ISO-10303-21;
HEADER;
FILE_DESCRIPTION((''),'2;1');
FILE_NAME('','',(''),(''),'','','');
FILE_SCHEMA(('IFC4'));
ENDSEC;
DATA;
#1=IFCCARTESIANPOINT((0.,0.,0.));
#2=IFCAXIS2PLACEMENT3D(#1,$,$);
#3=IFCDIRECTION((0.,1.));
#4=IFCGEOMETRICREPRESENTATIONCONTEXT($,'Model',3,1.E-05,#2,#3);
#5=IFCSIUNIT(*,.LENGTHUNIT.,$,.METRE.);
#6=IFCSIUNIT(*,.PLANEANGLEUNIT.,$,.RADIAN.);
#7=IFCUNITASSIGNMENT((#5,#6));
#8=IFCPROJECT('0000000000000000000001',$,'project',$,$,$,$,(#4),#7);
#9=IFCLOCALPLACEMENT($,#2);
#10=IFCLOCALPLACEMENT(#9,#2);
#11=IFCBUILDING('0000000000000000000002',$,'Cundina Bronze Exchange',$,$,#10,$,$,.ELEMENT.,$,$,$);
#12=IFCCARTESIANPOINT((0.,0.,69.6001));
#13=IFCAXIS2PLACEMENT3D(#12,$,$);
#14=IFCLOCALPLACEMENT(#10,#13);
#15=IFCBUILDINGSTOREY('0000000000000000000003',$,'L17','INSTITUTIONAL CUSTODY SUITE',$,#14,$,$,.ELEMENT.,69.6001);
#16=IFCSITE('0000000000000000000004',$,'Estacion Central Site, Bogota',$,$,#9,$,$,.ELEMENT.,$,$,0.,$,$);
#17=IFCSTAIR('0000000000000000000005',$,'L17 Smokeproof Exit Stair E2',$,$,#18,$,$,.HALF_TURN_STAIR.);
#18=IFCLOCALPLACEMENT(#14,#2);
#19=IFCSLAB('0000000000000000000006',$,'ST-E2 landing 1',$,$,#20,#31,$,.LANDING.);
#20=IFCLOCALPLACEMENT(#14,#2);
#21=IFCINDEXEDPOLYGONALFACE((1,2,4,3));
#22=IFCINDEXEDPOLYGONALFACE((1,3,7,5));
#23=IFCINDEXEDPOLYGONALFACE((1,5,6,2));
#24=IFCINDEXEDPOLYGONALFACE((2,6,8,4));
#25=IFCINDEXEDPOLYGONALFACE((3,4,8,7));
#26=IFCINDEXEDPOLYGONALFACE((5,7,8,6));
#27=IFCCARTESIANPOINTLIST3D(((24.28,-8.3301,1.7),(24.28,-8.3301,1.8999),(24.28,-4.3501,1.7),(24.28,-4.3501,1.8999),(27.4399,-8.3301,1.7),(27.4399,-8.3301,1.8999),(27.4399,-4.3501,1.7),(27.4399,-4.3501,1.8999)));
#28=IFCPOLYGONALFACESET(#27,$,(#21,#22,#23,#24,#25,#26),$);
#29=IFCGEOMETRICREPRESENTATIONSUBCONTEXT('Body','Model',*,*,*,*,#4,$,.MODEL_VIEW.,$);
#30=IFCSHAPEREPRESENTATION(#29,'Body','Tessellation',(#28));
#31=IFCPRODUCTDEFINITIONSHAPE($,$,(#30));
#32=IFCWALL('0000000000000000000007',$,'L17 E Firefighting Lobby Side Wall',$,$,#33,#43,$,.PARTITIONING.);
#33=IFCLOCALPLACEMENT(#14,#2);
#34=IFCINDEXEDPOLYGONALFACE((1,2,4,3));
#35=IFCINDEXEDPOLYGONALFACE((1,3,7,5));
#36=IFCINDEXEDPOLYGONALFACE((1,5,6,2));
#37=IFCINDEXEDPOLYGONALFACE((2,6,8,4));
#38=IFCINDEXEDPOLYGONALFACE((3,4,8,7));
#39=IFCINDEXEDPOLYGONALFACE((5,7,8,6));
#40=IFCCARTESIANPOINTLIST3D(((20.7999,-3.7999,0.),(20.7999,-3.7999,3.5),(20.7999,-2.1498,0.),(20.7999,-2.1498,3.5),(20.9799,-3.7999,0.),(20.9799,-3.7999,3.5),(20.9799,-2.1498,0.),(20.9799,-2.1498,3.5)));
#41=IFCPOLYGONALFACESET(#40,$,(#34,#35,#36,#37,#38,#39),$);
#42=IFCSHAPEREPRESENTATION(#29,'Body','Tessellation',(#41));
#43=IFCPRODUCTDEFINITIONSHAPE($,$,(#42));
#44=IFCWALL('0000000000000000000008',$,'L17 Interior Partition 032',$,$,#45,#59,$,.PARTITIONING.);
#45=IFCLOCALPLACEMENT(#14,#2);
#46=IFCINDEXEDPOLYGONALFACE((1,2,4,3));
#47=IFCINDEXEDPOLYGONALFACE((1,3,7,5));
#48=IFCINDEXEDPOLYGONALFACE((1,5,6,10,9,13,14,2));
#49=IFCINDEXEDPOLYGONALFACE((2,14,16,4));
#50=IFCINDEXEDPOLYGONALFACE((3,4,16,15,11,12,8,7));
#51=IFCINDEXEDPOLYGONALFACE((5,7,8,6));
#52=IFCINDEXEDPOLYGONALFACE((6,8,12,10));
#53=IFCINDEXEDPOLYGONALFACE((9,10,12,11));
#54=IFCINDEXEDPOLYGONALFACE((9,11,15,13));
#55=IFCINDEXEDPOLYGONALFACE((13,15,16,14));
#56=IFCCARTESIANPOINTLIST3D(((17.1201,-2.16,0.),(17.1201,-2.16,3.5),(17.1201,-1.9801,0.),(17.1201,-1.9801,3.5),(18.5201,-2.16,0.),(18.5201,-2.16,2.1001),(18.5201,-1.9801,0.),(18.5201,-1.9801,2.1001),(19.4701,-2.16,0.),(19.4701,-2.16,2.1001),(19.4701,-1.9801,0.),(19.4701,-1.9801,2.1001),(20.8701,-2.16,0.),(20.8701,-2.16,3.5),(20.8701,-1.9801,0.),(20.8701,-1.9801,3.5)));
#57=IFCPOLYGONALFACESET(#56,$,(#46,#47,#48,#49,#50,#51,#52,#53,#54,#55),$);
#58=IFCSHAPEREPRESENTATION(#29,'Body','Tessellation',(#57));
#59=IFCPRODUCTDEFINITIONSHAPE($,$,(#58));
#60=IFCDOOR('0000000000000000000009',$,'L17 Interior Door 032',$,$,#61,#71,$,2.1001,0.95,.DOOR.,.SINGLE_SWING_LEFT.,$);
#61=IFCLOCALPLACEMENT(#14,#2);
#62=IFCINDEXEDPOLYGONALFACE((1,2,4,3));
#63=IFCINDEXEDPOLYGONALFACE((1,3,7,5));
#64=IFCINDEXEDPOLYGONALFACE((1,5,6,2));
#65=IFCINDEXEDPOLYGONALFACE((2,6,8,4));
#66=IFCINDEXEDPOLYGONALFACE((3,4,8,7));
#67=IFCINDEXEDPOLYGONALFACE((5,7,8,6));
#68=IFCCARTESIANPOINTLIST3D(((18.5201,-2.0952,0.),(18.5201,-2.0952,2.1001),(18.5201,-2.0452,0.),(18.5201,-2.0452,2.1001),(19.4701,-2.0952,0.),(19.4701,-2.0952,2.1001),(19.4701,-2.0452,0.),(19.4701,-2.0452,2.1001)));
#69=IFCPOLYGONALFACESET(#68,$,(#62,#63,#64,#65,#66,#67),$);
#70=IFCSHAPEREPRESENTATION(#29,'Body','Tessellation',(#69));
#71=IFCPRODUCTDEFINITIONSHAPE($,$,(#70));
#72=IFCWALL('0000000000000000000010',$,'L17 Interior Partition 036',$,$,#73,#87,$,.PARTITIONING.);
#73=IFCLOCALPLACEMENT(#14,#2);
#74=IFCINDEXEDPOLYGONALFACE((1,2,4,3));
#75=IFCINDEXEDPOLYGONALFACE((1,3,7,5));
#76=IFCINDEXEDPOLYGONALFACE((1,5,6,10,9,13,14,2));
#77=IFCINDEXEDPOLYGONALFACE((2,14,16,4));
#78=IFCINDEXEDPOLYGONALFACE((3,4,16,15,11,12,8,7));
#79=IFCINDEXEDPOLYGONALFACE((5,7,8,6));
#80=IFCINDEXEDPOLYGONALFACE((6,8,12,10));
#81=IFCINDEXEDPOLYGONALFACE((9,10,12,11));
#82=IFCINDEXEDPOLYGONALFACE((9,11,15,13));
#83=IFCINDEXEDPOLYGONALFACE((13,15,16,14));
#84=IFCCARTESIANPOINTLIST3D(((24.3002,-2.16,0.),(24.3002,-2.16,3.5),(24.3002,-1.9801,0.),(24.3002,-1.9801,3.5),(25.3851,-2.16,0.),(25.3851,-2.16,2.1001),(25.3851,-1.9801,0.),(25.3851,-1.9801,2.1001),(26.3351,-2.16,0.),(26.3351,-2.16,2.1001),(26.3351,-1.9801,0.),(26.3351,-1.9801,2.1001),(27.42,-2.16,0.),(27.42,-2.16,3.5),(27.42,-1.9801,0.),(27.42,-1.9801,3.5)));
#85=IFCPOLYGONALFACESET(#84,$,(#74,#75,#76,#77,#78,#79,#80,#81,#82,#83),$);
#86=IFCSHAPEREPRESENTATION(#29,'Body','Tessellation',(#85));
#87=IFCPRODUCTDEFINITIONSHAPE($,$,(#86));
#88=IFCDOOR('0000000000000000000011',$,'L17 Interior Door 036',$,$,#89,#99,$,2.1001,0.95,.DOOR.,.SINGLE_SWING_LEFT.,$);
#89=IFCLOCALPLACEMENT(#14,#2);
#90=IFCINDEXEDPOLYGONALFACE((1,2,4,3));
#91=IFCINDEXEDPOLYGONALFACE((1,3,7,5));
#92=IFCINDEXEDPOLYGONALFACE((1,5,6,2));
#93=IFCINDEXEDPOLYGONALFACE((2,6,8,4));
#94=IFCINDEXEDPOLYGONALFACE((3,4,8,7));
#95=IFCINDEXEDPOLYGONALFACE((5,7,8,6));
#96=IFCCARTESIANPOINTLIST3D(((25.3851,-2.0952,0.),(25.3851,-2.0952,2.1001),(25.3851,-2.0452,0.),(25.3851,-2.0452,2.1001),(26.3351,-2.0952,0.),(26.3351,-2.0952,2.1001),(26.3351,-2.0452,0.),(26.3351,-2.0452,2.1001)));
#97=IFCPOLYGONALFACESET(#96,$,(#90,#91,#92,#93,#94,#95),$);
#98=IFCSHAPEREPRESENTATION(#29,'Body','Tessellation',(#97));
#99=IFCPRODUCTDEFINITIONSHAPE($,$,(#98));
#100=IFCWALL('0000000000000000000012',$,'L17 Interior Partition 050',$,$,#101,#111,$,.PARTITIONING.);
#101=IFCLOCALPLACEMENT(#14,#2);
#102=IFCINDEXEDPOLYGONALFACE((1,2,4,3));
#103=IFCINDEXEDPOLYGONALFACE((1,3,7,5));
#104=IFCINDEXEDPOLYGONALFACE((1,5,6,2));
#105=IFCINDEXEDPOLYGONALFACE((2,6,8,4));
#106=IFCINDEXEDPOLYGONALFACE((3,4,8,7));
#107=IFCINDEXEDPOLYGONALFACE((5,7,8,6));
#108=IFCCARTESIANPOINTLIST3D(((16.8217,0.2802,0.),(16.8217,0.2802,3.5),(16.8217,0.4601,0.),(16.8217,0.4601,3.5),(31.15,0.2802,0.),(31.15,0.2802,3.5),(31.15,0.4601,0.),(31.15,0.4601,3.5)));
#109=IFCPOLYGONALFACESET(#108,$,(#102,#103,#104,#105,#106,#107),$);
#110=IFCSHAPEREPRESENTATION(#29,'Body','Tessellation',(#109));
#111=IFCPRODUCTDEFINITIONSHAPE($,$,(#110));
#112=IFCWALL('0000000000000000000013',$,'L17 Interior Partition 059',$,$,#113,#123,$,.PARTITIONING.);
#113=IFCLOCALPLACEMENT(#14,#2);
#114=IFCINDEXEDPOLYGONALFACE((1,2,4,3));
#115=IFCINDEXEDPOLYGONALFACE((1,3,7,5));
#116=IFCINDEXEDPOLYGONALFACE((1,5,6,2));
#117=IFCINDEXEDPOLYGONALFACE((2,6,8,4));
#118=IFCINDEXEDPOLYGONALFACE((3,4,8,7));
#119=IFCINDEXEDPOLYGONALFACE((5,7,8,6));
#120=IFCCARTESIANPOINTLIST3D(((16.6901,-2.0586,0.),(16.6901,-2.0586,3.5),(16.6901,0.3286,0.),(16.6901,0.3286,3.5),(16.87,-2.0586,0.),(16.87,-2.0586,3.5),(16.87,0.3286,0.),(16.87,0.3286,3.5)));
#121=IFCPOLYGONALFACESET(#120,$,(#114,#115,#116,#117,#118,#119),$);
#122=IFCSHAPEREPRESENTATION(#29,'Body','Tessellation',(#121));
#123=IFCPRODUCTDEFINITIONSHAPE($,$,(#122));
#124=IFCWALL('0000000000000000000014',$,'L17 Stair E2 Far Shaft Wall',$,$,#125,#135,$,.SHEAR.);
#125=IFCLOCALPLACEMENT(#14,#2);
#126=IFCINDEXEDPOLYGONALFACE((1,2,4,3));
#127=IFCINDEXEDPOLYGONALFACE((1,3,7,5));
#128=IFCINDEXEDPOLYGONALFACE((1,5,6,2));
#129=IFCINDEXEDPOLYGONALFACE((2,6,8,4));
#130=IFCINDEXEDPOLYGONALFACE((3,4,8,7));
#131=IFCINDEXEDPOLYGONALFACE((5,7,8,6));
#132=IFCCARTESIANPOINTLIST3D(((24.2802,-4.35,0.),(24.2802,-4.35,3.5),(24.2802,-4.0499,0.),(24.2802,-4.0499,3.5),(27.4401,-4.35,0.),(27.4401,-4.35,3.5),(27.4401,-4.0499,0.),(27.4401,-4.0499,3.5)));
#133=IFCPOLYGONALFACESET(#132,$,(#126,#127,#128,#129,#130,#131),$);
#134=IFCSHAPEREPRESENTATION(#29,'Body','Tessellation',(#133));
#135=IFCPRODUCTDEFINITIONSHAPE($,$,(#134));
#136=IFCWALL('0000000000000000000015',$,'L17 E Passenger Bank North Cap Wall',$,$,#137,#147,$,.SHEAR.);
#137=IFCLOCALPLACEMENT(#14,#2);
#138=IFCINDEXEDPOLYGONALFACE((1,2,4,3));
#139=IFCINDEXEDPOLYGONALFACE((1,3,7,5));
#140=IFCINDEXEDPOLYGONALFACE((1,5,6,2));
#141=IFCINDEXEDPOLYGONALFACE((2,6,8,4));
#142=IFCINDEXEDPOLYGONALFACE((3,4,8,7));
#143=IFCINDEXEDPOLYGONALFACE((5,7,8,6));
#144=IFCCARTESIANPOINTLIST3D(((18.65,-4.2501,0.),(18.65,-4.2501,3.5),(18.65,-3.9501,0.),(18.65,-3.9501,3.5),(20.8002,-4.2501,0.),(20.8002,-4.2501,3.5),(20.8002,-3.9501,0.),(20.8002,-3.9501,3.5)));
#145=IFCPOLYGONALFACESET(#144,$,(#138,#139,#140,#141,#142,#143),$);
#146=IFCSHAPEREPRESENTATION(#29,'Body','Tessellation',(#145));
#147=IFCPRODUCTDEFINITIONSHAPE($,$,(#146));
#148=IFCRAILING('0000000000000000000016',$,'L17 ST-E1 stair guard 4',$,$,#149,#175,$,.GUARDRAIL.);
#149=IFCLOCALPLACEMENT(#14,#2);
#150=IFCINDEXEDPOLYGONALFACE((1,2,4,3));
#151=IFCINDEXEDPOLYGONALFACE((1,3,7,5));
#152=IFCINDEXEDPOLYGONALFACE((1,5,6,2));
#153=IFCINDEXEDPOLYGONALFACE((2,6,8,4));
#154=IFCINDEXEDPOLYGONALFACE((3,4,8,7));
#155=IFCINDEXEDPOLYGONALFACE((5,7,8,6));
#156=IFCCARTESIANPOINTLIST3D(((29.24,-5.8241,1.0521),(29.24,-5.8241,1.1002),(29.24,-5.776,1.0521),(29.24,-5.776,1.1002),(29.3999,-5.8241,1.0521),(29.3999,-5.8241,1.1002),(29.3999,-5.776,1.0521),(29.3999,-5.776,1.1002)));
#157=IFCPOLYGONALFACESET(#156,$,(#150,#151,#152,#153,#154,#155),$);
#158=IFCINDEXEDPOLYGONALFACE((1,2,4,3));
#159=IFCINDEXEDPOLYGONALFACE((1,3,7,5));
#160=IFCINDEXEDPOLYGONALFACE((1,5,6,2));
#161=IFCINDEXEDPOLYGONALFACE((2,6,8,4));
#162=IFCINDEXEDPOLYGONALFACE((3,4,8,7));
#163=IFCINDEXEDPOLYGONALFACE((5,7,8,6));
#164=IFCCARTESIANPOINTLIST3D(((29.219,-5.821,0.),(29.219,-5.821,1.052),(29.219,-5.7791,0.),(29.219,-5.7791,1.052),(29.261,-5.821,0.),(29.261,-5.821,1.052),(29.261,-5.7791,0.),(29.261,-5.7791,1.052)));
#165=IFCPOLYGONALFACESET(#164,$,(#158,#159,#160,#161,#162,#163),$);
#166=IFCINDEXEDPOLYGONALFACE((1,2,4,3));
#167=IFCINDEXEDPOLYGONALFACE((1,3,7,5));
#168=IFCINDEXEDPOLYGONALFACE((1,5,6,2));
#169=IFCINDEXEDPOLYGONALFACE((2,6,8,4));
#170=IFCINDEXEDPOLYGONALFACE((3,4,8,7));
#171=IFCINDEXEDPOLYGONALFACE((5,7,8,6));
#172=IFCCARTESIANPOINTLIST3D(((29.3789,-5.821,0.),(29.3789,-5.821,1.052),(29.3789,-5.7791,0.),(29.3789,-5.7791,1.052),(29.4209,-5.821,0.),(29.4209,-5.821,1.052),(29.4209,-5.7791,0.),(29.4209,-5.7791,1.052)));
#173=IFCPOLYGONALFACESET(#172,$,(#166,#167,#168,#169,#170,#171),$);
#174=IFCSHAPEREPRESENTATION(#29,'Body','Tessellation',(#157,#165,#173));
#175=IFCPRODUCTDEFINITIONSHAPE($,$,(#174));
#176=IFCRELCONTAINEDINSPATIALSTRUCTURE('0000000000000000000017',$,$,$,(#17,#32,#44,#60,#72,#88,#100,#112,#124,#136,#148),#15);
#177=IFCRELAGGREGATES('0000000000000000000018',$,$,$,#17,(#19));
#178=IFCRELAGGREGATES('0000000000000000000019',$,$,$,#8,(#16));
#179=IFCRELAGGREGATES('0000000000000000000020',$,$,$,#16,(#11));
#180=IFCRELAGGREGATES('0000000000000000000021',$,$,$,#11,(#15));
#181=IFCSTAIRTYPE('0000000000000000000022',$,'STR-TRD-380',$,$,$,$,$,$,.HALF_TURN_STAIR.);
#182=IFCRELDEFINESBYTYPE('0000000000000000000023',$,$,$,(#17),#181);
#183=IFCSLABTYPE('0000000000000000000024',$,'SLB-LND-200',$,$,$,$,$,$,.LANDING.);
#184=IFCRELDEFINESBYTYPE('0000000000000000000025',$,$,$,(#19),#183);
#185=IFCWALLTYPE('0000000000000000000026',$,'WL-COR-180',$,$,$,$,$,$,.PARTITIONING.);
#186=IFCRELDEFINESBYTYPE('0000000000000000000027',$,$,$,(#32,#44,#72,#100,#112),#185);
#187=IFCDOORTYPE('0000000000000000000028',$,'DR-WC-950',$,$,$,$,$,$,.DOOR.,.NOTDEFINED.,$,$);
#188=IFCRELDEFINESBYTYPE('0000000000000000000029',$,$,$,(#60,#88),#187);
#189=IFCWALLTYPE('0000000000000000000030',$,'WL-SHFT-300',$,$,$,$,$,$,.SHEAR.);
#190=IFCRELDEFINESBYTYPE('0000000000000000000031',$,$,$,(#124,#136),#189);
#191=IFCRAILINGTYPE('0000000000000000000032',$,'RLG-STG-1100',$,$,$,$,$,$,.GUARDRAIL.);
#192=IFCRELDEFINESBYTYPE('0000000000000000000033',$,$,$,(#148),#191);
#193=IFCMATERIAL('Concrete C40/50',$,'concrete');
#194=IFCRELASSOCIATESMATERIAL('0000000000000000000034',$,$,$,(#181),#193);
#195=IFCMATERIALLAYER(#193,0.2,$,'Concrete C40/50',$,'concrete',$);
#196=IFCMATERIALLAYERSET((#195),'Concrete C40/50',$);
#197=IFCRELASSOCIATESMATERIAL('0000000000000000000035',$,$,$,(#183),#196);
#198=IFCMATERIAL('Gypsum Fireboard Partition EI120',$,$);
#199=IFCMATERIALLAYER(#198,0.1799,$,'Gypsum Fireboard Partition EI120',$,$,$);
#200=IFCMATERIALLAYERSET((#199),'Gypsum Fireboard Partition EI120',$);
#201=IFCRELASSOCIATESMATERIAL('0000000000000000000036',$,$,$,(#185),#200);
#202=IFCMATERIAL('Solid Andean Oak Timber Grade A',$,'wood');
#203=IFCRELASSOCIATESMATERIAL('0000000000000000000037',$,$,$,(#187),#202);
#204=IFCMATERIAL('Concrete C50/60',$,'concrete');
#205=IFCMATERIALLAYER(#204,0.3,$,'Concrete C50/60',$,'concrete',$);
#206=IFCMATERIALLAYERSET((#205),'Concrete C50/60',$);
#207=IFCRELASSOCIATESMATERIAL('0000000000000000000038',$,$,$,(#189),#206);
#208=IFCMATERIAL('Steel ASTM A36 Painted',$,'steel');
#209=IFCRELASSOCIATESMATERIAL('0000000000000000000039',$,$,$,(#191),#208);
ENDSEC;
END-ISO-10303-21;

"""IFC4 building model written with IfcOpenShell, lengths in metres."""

from ifc_helpers import new_model, si_unit, direction, frame, frame_2d, origin, origin_2d, place, context, subcontext, project, spatial, polyline, rectangle, outline, extrude, material, layer, layer_set, type_object, element, fill, aggregate, save


model = new_model("IFC4")

# Units and contexts
model_context = context("Model", 3, precision=1e-05, world=origin(), true_north=direction((0.0, 1.0)))
body_context = subcontext(model_context, "Body", "Model", "MODEL_VIEW")
ifc_project = project(units=[si_unit("LENGTHUNIT", "METRE"), si_unit("PLANEANGLEUNIT", "RADIAN")], contexts=[model_context])

# Site, building, storey
site_placement = place(None, origin())
site = spatial("IfcSite", under=ifc_project, at=site_placement, Name="Estacion Central Site, Bogota", CompositionType="ELEMENT", RefElevation=0.0)
building_placement = place(site_placement, origin())
building = spatial("IfcBuilding", under=site, at=building_placement, Name="Cundina Bronze Exchange", CompositionType="ELEMENT")
storey_placement = place(building_placement, frame((0.0, 0.0, 69.6001)))
storey = spatial("IfcBuildingStorey", under=building, at=storey_placement, Name="L17", Description="INSTITUTIONAL CUSTODY SUITE", CompositionType="ELEMENT", Elevation=69.6001)

# Stair, slab
ifc_material_1 = material(Name="Concrete C40/50", Category="concrete")
stair_type = type_object("IfcStairType", Name="STR-TRD-380", PredefinedType="HALF_TURN_STAIR", material=ifc_material_1)
ifc_layer_1 = layer(ifc_material_1, 0.2, Name="Concrete C40/50", Category="concrete")
ifc_layer_set_1 = layer_set([ifc_layer_1], Name="Concrete C40/50")
slab_type = type_object("IfcSlabType", Name="SLB-LND-200", PredefinedType="LANDING", material=ifc_layer_set_1)
stair_1_placement = place(storey_placement, origin())
stair_1 = element("IfcStair", 1, at=stair_1_placement, inside=storey, type_object=stair_type, Name="L17 Smokeproof Exit Stair E2", PredefinedType="HALF_TURN_STAIR")
slab_1_placement = place(storey_placement, frame((0.0, 0.0, 1.7)))
slab_1 = element("IfcSlab", 2, at=slab_1_placement, type_object=slab_type, Name="ST-E2 landing 1", PredefinedType="LANDING", context=body_context, shape_type="SweptSolid", body=[
    extrude(outline(polyline([(27.4399, -8.3301), (27.4399, -4.3501), (24.28, -4.3501), (24.28, -8.3301), (27.4399, -8.3301)])), origin(), (0.0, 0.0, 1.0), 0.2),
])
aggregate(stair_1, [slab_1])

# Wall
ifc_material_2 = material(Name="Gypsum Fireboard Partition EI120")
ifc_layer_2 = layer(ifc_material_2, 0.1799, Name="Gypsum Fireboard Partition EI120")
ifc_layer_set_2 = layer_set([ifc_layer_2], Name="Gypsum Fireboard Partition EI120")
wall_type_1 = type_object("IfcWallType", Name="WL-COR-180", PredefinedType="PARTITIONING", material=ifc_layer_set_2)
wall_1_placement = place(storey_placement, frame((20.8899, -3.8, 0.0), z_axis=(0.0, 0.0, 1.0), x_axis=(0.0, 1.0, 0.0)))
element("IfcWall", 3, at=wall_1_placement, inside=storey, type_object=wall_type_1, Name="L17 E Firefighting Lobby Side Wall", PredefinedType="PARTITIONING", context=body_context, shape_type="SweptSolid", body=[
    extrude(rectangle(XDim=1.6501, YDim=0.1799, at=frame_2d((0.8252, 0.0))), origin(), (0.0, 0.0, 1.0), 3.5),
])

# Walls, openings, doors
ifc_material_3 = material(Name="Steel ASTM A36 Painted", Category="steel")
wall_2_placement = place(storey_placement, frame((17.1201, -2.0701, 0.0), z_axis=(0.0, 0.0, 1.0), x_axis=(1.0, 0.0, 0.0)))
wall_2 = element("IfcWall", 4, at=wall_2_placement, inside=storey, type_object=wall_type_1, Name="L17 Interior Partition 032", PredefinedType="PARTITIONING", context=body_context, shape_type="SweptSolid", body=[
    extrude(rectangle(XDim=3.75, YDim=0.1799, at=frame_2d((1.875, 0.0))), origin(), (0.0, 0.0, 1.0), 3.5),
])
opening_1_placement = place(wall_2_placement, frame((1.3999, 0.0, 0.0)))
opening_1 = element("IfcOpeningElement", 5, at=opening_1_placement, cuts=wall_2, PredefinedType="OPENING", context=body_context, shape_type="SweptSolid", body=[
    extrude(rectangle(XDim=0.95, YDim=2.1001, at=frame_2d((0.4751, 1.05))), frame((0.0, 0.0999, 0.0), z_axis=(0.0, -1.0, 0.0), x_axis=(1.0, 0.0, 0.0)), (0.0, 0.0, 1.0), 0.2),
])
ifc_material_4 = material(Name="Solid Andean Oak Timber Grade A", Category="wood")
door_type_1 = type_object("IfcDoorType", Name="DR-WC-950", OperationType="NOTDEFINED", PredefinedType="DOOR", material=ifc_material_4)
door_1_placement = place(opening_1_placement, origin())
door_1 = element("IfcDoor", 6, at=door_1_placement, inside=storey, type_object=door_type_1, Name="L17 Interior Door 032", OperationType="SINGLE_SWING_LEFT", OverallHeight=2.1001, OverallWidth=0.95, PredefinedType="DOOR", context=body_context, shape_type="SweptSolid", body=[
    extrude(rectangle(XDim=0.95, YDim=2.1001, at=frame_2d((0.4751, 1.05))), frame((0.0, 0.0249, 0.0), z_axis=(0.0, -1.0, 0.0), x_axis=(1.0, 0.0, 0.0)), (0.0, 0.0, 1.0), 0.05),
])
fill(opening_1, door_1)
wall_3_placement = place(storey_placement, frame((24.3, -2.0701, 0.0), z_axis=(0.0, 0.0, 1.0), x_axis=(1.0, 0.0, 0.0)))
wall_3 = element("IfcWall", 7, at=wall_3_placement, inside=storey, type_object=wall_type_1, Name="L17 Interior Partition 036", PredefinedType="PARTITIONING", context=body_context, shape_type="SweptSolid", body=[
    extrude(rectangle(XDim=3.1199, YDim=0.1799, at=frame_2d((1.5601, 0.0))), origin(), (0.0, 0.0, 1.0), 3.5),
])
opening_2_placement = place(wall_3_placement, frame((1.085, 0.0, 0.0)))
opening_2 = element("IfcOpeningElement", 8, at=opening_2_placement, cuts=wall_3, PredefinedType="OPENING", context=body_context, shape_type="SweptSolid", body=[
    extrude(rectangle(XDim=0.95, YDim=2.1001, at=frame_2d((0.4751, 1.05))), frame((0.0, 0.0999, 0.0), z_axis=(0.0, -1.0, 0.0), x_axis=(1.0, 0.0, 0.0)), (0.0, 0.0, 1.0), 0.2),
])
door_2_placement = place(opening_2_placement, origin())
door_2 = element("IfcDoor", 9, at=door_2_placement, inside=storey, type_object=door_type_1, Name="L17 Interior Door 036", OperationType="SINGLE_SWING_LEFT", OverallHeight=2.1001, OverallWidth=0.95, PredefinedType="DOOR", context=body_context, shape_type="SweptSolid", body=[
    extrude(rectangle(XDim=0.95, YDim=2.1001, at=frame_2d((0.4751, 1.05))), frame((0.0, 0.0249, 0.0), z_axis=(0.0, -1.0, 0.0), x_axis=(1.0, 0.0, 0.0)), (0.0, 0.0, 1.0), 0.05),
])
fill(opening_2, door_2)

# Walls
wall_4_placement = place(storey_placement, frame((31.1499, 0.3701, 0.0), z_axis=(0.0, 0.0, 1.0), x_axis=(-1.0, 0.0, 0.0)))
element("IfcWall", 10, at=wall_4_placement, inside=storey, type_object=wall_type_1, Name="L17 Interior Partition 050", PredefinedType="PARTITIONING", context=body_context, shape_type="SweptSolid", body=[
    extrude(rectangle(XDim=14.3284, YDim=0.1799, at=frame_2d((7.1641, 0.0))), origin(), (0.0, 0.0, 1.0), 3.5),
])
wall_5_placement = place(storey_placement, frame((16.78, 0.3286, 0.0), z_axis=(0.0, 0.0, 1.0), x_axis=(0.0, -1.0, 0.0)))
element("IfcWall", 11, at=wall_5_placement, inside=storey, type_object=wall_type_1, Name="L17 Interior Partition 059", PredefinedType="PARTITIONING", context=body_context, shape_type="SweptSolid", body=[
    extrude(rectangle(XDim=2.3872, YDim=0.1799, at=frame_2d((1.1936, 0.0))), origin(), (0.0, 0.0, 1.0), 3.5),
])

# Shared definitions
ifc_material_5 = material(Name="Concrete C50/60", Category="concrete")
ifc_layer_3 = layer(ifc_material_5, 0.3, Name="Concrete C50/60", Category="concrete")
ifc_layer_set_3 = layer_set([ifc_layer_3], Name="Concrete C50/60")
wall_type_2 = type_object("IfcWallType", Name="WL-SHFT-300", PredefinedType="SHEAR", material=ifc_layer_set_3)

# Walls
wall_6_placement = place(storey_placement, frame((24.28, -4.2, 0.0), z_axis=(0.0, 0.0, 1.0), x_axis=(1.0, 0.0, 0.0)))
element("IfcWall", 12, at=wall_6_placement, inside=storey, type_object=wall_type_2, Name="L17 Stair E2 Far Shaft Wall", PredefinedType="SHEAR", context=body_context, shape_type="SweptSolid", body=[
    extrude(rectangle(XDim=3.1599, YDim=0.3, at=frame_2d((1.5801, 0.0))), origin(), (0.0, 0.0, 1.0), 3.5),
])
wall_7_placement = place(storey_placement, frame((18.6499, -4.1001, 0.0), z_axis=(0.0, 0.0, 1.0), x_axis=(1.0, 0.0, 0.0)))
element("IfcWall", 13, at=wall_7_placement, inside=storey, type_object=wall_type_2, Name="L17 E Passenger Bank North Cap Wall", PredefinedType="SHEAR", context=body_context, shape_type="SweptSolid", body=[
    extrude(rectangle(XDim=2.1501, YDim=0.3, at=frame_2d((1.0752, 0.0))), origin(), (0.0, 0.0, 1.0), 3.5),
])

# Railing
railing_type = type_object("IfcRailingType", Name="RLG-STG-1100", PredefinedType="GUARDRAIL", material=ifc_material_3)
railing_placement = place(storey_placement, frame((29.24, -5.8, 0.0)))
element("IfcRailing", 14, at=railing_placement, inside=storey, type_object=railing_type, Name="L17 ST-E1 stair guard 4", PredefinedType="GUARDRAIL", context=body_context, shape_type="SweptSolid", body=[
    extrude(rectangle(XDim=0.0481, YDim=0.0481, at=origin_2d()), frame((0.0, 0.0, 1.0762), z_axis=(1.0, 0.0, 0.0), x_axis=(0.0, 1.0, 0.0)), (0.0, 0.0, 1.0), 0.1599),
    extrude(rectangle(XDim=0.042, YDim=0.042, at=origin_2d()), origin(), (0.0, 0.0, 1.0), 1.052),
    extrude(rectangle(XDim=0.042, YDim=0.042, at=origin_2d()), frame((0.1599, 0.0, 0.0)), (0.0, 0.0, 1.0), 1.052),
])

save(model, "model.ifc")
